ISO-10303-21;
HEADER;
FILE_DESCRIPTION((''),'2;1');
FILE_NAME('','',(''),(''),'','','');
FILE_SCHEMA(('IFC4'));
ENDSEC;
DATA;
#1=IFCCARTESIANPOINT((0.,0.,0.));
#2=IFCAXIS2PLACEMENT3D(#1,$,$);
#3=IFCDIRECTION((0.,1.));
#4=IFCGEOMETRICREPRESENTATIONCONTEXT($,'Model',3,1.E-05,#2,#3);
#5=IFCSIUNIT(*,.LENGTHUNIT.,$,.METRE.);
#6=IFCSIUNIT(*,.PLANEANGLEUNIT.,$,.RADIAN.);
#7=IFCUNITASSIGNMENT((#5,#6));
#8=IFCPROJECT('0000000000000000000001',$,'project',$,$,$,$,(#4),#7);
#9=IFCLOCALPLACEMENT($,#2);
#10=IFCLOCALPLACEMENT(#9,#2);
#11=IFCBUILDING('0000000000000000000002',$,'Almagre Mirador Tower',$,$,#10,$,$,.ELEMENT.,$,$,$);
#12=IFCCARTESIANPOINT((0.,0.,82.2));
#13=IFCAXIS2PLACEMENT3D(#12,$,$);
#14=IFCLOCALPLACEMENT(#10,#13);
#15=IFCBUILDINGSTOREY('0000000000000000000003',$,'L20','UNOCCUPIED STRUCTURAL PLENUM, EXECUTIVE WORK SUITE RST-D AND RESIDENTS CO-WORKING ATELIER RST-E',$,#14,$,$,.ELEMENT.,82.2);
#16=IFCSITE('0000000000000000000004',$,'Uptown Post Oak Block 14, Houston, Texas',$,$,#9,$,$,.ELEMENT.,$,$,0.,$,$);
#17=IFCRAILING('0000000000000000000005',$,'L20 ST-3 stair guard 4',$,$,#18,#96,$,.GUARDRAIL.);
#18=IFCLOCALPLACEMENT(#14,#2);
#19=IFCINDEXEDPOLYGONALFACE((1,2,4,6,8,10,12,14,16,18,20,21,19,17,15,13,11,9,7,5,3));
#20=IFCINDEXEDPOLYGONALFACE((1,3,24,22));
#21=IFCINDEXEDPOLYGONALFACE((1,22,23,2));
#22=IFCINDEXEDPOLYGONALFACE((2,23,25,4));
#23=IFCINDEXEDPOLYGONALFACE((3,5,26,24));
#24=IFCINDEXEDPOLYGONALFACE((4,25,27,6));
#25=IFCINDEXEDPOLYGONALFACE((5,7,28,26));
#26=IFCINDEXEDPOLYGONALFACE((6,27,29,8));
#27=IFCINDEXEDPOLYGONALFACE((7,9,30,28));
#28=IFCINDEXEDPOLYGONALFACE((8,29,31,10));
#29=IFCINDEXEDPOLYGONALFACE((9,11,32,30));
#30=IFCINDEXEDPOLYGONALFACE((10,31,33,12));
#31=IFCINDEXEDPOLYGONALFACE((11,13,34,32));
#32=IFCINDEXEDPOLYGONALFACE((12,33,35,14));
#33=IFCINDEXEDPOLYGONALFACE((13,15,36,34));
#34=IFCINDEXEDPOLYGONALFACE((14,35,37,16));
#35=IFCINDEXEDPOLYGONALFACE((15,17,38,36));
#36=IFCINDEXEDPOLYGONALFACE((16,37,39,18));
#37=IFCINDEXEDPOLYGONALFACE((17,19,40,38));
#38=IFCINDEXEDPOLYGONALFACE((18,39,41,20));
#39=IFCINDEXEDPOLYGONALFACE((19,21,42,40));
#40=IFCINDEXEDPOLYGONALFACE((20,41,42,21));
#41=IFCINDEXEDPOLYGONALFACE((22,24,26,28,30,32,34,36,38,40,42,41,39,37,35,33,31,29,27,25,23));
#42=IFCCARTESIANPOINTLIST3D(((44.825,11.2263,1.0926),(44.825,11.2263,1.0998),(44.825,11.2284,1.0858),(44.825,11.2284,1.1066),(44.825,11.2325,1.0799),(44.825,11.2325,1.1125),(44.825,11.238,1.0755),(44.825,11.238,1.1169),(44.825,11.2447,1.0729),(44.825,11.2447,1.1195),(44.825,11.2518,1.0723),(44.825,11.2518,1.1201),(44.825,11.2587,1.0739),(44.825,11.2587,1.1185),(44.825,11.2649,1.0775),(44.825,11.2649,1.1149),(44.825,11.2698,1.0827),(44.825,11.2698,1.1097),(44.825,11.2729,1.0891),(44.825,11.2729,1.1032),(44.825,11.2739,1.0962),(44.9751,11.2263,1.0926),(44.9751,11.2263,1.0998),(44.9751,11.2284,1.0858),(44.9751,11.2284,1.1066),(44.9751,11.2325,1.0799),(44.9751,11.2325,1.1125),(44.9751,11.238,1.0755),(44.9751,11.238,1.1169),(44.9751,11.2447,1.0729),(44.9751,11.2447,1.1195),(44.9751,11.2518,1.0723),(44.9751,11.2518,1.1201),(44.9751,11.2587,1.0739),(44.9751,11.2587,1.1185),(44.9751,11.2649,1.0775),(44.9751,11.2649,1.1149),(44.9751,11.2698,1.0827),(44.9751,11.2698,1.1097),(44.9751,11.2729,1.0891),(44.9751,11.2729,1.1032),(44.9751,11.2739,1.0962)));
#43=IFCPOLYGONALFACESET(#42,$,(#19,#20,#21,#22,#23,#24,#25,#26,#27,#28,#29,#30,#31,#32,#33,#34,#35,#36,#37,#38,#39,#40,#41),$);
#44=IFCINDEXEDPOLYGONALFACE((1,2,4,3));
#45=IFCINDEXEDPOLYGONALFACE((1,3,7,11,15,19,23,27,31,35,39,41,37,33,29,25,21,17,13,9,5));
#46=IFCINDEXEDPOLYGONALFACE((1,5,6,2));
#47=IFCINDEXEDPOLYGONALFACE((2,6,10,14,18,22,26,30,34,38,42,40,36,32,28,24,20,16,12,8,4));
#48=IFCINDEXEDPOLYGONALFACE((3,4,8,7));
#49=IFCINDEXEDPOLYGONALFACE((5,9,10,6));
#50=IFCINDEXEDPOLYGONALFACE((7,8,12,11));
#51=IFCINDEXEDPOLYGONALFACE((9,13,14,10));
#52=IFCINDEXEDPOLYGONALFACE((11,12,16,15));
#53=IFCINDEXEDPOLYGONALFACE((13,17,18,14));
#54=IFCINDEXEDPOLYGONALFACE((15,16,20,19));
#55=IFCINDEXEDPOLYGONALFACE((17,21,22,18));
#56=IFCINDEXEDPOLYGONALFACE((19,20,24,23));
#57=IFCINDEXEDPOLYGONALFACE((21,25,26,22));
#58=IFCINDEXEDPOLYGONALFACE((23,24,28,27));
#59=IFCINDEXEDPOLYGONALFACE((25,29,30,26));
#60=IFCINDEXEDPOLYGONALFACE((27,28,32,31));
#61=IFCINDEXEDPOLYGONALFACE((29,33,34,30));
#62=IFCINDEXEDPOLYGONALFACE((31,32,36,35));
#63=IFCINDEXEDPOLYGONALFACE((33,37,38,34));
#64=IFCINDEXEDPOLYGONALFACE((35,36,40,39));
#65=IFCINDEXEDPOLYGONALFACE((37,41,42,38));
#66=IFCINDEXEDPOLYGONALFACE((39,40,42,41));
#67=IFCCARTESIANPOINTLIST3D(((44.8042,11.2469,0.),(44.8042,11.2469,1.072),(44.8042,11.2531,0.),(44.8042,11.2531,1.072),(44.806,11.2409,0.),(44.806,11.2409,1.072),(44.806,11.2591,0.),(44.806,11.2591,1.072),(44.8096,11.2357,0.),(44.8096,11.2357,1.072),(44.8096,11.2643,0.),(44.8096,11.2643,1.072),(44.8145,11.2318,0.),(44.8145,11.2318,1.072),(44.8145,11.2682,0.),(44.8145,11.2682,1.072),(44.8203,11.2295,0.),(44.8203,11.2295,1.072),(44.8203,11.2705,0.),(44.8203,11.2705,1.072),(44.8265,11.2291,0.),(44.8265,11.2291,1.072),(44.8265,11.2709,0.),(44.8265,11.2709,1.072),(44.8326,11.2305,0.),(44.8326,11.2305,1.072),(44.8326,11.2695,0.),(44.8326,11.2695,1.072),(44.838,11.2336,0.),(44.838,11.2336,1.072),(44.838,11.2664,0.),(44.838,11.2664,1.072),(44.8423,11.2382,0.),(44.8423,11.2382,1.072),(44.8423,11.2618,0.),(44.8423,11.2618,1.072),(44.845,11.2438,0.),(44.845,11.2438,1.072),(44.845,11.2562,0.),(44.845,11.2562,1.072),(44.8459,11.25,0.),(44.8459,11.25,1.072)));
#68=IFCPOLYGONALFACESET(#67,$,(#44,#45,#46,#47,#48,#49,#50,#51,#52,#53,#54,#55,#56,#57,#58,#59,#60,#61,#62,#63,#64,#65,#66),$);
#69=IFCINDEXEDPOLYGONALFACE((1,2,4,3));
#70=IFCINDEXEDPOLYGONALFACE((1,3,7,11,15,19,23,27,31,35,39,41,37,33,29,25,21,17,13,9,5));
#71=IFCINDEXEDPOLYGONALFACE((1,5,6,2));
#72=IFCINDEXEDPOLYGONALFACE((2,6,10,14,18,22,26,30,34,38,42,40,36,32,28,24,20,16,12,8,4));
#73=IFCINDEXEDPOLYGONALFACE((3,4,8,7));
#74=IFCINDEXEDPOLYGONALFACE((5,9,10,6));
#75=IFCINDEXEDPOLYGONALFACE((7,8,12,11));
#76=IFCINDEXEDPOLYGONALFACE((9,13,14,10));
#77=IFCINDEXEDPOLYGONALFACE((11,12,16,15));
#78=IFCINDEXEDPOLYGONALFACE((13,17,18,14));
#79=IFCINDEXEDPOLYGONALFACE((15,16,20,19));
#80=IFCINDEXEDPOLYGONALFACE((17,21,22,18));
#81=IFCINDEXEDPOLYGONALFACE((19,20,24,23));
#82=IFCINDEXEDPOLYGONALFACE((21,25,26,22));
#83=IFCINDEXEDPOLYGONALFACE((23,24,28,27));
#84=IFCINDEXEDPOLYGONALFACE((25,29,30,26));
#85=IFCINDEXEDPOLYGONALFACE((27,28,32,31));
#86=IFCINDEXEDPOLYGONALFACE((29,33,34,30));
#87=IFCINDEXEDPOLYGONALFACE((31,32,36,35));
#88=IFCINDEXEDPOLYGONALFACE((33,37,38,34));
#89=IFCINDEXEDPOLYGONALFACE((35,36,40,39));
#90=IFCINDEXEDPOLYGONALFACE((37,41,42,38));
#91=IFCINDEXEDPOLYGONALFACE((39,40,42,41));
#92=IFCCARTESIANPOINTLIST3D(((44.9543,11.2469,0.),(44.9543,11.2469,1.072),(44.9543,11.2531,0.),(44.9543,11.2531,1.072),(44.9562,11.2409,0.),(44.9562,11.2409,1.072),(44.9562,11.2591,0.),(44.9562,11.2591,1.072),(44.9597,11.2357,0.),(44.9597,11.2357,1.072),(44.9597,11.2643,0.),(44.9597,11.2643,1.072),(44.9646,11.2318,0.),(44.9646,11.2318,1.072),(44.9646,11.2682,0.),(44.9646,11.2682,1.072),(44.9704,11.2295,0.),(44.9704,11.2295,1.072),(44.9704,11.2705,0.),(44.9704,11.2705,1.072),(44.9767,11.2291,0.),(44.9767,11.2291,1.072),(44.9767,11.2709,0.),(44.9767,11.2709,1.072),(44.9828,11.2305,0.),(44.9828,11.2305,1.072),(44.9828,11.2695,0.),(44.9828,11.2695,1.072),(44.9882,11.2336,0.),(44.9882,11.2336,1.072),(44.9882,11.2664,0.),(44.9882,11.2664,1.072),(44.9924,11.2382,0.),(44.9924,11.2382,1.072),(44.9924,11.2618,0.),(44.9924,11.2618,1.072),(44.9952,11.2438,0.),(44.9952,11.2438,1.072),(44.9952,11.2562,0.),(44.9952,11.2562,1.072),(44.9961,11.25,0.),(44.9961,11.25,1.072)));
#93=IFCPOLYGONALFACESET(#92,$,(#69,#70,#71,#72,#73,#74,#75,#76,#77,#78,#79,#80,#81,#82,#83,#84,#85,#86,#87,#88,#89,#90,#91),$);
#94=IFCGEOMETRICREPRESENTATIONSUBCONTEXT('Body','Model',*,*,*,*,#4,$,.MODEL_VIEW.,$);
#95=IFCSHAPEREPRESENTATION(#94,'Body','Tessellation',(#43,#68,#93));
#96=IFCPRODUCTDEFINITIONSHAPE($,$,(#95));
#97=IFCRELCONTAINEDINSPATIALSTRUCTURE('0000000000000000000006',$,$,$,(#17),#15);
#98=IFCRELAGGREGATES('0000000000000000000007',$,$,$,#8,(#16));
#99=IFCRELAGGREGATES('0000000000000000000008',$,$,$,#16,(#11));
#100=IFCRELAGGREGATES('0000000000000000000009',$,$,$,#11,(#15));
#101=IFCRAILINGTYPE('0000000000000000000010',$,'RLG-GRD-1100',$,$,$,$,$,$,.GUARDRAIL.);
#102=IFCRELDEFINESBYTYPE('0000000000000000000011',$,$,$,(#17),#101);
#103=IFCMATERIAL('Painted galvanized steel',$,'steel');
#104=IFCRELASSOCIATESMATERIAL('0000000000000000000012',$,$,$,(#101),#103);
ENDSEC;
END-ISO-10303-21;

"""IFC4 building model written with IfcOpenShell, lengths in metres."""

from ifc_helpers import new_model, si_unit, direction, frame, origin, origin_2d, place, context, subcontext, project, spatial, circle, extrude, material, type_object, element, save


model = new_model("IFC4")

# Units and contexts
model_context = context("Model", 3, precision=1e-05, world=origin(), true_north=direction((0.0, 1.0)))
body_context = subcontext(model_context, "Body", "Model", "MODEL_VIEW")
ifc_project = project(units=[si_unit("LENGTHUNIT", "METRE"), si_unit("PLANEANGLEUNIT", "RADIAN")], contexts=[model_context])

# Site, building, storey
site_placement = place(None, origin())
site = spatial("IfcSite", under=ifc_project, at=site_placement, Name="Uptown Post Oak Block 14, Houston, Texas", CompositionType="ELEMENT", RefElevation=0.0)
building_placement = place(site_placement, origin())
building = spatial("IfcBuilding", under=site, at=building_placement, Name="Almagre Mirador Tower", CompositionType="ELEMENT")
storey_placement = place(building_placement, frame((0.0, 0.0, 82.2)))
storey = spatial("IfcBuildingStorey", under=building, at=storey_placement, Name="L20", Description="UNOCCUPIED STRUCTURAL PLENUM, EXECUTIVE WORK SUITE RST-D AND RESIDENTS CO-WORKING ATELIER RST-E", CompositionType="ELEMENT", Elevation=82.2)

# Railing
ifc_material_1 = material(Name="Painted galvanized steel", Category="steel")
railing_type_1 = type_object("IfcRailingType", Name="RLG-GRD-1100", PredefinedType="GUARDRAIL", material=ifc_material_1)
railing_1_placement = place(storey_placement, frame((44.825, 11.25, 0.0)))
element("IfcRailing", 1, at=railing_1_placement, inside=storey, type_object=railing_type_1, Name="L20 ST-3 stair guard 4", PredefinedType="GUARDRAIL", context=body_context, shape_type="SweptSolid", body=[
    extrude(circle(Radius=0.0239, at=origin_2d()), frame((0.0, 0.0, 1.0962), z_axis=(1.0, 0.0, 0.0), x_axis=(0.0, 1.0, 0.0)), (0.0, 0.0, 1.0), 0.1501),
    extrude(circle(Radius=0.021, at=origin_2d()), origin(), (0.0, 0.0, 1.0), 1.072),
    extrude(circle(Radius=0.021, at=origin_2d()), frame((0.1501, 0.0, 0.0)), (0.0, 0.0, 1.0), 1.072),
])

save(model, "model.ifc")
